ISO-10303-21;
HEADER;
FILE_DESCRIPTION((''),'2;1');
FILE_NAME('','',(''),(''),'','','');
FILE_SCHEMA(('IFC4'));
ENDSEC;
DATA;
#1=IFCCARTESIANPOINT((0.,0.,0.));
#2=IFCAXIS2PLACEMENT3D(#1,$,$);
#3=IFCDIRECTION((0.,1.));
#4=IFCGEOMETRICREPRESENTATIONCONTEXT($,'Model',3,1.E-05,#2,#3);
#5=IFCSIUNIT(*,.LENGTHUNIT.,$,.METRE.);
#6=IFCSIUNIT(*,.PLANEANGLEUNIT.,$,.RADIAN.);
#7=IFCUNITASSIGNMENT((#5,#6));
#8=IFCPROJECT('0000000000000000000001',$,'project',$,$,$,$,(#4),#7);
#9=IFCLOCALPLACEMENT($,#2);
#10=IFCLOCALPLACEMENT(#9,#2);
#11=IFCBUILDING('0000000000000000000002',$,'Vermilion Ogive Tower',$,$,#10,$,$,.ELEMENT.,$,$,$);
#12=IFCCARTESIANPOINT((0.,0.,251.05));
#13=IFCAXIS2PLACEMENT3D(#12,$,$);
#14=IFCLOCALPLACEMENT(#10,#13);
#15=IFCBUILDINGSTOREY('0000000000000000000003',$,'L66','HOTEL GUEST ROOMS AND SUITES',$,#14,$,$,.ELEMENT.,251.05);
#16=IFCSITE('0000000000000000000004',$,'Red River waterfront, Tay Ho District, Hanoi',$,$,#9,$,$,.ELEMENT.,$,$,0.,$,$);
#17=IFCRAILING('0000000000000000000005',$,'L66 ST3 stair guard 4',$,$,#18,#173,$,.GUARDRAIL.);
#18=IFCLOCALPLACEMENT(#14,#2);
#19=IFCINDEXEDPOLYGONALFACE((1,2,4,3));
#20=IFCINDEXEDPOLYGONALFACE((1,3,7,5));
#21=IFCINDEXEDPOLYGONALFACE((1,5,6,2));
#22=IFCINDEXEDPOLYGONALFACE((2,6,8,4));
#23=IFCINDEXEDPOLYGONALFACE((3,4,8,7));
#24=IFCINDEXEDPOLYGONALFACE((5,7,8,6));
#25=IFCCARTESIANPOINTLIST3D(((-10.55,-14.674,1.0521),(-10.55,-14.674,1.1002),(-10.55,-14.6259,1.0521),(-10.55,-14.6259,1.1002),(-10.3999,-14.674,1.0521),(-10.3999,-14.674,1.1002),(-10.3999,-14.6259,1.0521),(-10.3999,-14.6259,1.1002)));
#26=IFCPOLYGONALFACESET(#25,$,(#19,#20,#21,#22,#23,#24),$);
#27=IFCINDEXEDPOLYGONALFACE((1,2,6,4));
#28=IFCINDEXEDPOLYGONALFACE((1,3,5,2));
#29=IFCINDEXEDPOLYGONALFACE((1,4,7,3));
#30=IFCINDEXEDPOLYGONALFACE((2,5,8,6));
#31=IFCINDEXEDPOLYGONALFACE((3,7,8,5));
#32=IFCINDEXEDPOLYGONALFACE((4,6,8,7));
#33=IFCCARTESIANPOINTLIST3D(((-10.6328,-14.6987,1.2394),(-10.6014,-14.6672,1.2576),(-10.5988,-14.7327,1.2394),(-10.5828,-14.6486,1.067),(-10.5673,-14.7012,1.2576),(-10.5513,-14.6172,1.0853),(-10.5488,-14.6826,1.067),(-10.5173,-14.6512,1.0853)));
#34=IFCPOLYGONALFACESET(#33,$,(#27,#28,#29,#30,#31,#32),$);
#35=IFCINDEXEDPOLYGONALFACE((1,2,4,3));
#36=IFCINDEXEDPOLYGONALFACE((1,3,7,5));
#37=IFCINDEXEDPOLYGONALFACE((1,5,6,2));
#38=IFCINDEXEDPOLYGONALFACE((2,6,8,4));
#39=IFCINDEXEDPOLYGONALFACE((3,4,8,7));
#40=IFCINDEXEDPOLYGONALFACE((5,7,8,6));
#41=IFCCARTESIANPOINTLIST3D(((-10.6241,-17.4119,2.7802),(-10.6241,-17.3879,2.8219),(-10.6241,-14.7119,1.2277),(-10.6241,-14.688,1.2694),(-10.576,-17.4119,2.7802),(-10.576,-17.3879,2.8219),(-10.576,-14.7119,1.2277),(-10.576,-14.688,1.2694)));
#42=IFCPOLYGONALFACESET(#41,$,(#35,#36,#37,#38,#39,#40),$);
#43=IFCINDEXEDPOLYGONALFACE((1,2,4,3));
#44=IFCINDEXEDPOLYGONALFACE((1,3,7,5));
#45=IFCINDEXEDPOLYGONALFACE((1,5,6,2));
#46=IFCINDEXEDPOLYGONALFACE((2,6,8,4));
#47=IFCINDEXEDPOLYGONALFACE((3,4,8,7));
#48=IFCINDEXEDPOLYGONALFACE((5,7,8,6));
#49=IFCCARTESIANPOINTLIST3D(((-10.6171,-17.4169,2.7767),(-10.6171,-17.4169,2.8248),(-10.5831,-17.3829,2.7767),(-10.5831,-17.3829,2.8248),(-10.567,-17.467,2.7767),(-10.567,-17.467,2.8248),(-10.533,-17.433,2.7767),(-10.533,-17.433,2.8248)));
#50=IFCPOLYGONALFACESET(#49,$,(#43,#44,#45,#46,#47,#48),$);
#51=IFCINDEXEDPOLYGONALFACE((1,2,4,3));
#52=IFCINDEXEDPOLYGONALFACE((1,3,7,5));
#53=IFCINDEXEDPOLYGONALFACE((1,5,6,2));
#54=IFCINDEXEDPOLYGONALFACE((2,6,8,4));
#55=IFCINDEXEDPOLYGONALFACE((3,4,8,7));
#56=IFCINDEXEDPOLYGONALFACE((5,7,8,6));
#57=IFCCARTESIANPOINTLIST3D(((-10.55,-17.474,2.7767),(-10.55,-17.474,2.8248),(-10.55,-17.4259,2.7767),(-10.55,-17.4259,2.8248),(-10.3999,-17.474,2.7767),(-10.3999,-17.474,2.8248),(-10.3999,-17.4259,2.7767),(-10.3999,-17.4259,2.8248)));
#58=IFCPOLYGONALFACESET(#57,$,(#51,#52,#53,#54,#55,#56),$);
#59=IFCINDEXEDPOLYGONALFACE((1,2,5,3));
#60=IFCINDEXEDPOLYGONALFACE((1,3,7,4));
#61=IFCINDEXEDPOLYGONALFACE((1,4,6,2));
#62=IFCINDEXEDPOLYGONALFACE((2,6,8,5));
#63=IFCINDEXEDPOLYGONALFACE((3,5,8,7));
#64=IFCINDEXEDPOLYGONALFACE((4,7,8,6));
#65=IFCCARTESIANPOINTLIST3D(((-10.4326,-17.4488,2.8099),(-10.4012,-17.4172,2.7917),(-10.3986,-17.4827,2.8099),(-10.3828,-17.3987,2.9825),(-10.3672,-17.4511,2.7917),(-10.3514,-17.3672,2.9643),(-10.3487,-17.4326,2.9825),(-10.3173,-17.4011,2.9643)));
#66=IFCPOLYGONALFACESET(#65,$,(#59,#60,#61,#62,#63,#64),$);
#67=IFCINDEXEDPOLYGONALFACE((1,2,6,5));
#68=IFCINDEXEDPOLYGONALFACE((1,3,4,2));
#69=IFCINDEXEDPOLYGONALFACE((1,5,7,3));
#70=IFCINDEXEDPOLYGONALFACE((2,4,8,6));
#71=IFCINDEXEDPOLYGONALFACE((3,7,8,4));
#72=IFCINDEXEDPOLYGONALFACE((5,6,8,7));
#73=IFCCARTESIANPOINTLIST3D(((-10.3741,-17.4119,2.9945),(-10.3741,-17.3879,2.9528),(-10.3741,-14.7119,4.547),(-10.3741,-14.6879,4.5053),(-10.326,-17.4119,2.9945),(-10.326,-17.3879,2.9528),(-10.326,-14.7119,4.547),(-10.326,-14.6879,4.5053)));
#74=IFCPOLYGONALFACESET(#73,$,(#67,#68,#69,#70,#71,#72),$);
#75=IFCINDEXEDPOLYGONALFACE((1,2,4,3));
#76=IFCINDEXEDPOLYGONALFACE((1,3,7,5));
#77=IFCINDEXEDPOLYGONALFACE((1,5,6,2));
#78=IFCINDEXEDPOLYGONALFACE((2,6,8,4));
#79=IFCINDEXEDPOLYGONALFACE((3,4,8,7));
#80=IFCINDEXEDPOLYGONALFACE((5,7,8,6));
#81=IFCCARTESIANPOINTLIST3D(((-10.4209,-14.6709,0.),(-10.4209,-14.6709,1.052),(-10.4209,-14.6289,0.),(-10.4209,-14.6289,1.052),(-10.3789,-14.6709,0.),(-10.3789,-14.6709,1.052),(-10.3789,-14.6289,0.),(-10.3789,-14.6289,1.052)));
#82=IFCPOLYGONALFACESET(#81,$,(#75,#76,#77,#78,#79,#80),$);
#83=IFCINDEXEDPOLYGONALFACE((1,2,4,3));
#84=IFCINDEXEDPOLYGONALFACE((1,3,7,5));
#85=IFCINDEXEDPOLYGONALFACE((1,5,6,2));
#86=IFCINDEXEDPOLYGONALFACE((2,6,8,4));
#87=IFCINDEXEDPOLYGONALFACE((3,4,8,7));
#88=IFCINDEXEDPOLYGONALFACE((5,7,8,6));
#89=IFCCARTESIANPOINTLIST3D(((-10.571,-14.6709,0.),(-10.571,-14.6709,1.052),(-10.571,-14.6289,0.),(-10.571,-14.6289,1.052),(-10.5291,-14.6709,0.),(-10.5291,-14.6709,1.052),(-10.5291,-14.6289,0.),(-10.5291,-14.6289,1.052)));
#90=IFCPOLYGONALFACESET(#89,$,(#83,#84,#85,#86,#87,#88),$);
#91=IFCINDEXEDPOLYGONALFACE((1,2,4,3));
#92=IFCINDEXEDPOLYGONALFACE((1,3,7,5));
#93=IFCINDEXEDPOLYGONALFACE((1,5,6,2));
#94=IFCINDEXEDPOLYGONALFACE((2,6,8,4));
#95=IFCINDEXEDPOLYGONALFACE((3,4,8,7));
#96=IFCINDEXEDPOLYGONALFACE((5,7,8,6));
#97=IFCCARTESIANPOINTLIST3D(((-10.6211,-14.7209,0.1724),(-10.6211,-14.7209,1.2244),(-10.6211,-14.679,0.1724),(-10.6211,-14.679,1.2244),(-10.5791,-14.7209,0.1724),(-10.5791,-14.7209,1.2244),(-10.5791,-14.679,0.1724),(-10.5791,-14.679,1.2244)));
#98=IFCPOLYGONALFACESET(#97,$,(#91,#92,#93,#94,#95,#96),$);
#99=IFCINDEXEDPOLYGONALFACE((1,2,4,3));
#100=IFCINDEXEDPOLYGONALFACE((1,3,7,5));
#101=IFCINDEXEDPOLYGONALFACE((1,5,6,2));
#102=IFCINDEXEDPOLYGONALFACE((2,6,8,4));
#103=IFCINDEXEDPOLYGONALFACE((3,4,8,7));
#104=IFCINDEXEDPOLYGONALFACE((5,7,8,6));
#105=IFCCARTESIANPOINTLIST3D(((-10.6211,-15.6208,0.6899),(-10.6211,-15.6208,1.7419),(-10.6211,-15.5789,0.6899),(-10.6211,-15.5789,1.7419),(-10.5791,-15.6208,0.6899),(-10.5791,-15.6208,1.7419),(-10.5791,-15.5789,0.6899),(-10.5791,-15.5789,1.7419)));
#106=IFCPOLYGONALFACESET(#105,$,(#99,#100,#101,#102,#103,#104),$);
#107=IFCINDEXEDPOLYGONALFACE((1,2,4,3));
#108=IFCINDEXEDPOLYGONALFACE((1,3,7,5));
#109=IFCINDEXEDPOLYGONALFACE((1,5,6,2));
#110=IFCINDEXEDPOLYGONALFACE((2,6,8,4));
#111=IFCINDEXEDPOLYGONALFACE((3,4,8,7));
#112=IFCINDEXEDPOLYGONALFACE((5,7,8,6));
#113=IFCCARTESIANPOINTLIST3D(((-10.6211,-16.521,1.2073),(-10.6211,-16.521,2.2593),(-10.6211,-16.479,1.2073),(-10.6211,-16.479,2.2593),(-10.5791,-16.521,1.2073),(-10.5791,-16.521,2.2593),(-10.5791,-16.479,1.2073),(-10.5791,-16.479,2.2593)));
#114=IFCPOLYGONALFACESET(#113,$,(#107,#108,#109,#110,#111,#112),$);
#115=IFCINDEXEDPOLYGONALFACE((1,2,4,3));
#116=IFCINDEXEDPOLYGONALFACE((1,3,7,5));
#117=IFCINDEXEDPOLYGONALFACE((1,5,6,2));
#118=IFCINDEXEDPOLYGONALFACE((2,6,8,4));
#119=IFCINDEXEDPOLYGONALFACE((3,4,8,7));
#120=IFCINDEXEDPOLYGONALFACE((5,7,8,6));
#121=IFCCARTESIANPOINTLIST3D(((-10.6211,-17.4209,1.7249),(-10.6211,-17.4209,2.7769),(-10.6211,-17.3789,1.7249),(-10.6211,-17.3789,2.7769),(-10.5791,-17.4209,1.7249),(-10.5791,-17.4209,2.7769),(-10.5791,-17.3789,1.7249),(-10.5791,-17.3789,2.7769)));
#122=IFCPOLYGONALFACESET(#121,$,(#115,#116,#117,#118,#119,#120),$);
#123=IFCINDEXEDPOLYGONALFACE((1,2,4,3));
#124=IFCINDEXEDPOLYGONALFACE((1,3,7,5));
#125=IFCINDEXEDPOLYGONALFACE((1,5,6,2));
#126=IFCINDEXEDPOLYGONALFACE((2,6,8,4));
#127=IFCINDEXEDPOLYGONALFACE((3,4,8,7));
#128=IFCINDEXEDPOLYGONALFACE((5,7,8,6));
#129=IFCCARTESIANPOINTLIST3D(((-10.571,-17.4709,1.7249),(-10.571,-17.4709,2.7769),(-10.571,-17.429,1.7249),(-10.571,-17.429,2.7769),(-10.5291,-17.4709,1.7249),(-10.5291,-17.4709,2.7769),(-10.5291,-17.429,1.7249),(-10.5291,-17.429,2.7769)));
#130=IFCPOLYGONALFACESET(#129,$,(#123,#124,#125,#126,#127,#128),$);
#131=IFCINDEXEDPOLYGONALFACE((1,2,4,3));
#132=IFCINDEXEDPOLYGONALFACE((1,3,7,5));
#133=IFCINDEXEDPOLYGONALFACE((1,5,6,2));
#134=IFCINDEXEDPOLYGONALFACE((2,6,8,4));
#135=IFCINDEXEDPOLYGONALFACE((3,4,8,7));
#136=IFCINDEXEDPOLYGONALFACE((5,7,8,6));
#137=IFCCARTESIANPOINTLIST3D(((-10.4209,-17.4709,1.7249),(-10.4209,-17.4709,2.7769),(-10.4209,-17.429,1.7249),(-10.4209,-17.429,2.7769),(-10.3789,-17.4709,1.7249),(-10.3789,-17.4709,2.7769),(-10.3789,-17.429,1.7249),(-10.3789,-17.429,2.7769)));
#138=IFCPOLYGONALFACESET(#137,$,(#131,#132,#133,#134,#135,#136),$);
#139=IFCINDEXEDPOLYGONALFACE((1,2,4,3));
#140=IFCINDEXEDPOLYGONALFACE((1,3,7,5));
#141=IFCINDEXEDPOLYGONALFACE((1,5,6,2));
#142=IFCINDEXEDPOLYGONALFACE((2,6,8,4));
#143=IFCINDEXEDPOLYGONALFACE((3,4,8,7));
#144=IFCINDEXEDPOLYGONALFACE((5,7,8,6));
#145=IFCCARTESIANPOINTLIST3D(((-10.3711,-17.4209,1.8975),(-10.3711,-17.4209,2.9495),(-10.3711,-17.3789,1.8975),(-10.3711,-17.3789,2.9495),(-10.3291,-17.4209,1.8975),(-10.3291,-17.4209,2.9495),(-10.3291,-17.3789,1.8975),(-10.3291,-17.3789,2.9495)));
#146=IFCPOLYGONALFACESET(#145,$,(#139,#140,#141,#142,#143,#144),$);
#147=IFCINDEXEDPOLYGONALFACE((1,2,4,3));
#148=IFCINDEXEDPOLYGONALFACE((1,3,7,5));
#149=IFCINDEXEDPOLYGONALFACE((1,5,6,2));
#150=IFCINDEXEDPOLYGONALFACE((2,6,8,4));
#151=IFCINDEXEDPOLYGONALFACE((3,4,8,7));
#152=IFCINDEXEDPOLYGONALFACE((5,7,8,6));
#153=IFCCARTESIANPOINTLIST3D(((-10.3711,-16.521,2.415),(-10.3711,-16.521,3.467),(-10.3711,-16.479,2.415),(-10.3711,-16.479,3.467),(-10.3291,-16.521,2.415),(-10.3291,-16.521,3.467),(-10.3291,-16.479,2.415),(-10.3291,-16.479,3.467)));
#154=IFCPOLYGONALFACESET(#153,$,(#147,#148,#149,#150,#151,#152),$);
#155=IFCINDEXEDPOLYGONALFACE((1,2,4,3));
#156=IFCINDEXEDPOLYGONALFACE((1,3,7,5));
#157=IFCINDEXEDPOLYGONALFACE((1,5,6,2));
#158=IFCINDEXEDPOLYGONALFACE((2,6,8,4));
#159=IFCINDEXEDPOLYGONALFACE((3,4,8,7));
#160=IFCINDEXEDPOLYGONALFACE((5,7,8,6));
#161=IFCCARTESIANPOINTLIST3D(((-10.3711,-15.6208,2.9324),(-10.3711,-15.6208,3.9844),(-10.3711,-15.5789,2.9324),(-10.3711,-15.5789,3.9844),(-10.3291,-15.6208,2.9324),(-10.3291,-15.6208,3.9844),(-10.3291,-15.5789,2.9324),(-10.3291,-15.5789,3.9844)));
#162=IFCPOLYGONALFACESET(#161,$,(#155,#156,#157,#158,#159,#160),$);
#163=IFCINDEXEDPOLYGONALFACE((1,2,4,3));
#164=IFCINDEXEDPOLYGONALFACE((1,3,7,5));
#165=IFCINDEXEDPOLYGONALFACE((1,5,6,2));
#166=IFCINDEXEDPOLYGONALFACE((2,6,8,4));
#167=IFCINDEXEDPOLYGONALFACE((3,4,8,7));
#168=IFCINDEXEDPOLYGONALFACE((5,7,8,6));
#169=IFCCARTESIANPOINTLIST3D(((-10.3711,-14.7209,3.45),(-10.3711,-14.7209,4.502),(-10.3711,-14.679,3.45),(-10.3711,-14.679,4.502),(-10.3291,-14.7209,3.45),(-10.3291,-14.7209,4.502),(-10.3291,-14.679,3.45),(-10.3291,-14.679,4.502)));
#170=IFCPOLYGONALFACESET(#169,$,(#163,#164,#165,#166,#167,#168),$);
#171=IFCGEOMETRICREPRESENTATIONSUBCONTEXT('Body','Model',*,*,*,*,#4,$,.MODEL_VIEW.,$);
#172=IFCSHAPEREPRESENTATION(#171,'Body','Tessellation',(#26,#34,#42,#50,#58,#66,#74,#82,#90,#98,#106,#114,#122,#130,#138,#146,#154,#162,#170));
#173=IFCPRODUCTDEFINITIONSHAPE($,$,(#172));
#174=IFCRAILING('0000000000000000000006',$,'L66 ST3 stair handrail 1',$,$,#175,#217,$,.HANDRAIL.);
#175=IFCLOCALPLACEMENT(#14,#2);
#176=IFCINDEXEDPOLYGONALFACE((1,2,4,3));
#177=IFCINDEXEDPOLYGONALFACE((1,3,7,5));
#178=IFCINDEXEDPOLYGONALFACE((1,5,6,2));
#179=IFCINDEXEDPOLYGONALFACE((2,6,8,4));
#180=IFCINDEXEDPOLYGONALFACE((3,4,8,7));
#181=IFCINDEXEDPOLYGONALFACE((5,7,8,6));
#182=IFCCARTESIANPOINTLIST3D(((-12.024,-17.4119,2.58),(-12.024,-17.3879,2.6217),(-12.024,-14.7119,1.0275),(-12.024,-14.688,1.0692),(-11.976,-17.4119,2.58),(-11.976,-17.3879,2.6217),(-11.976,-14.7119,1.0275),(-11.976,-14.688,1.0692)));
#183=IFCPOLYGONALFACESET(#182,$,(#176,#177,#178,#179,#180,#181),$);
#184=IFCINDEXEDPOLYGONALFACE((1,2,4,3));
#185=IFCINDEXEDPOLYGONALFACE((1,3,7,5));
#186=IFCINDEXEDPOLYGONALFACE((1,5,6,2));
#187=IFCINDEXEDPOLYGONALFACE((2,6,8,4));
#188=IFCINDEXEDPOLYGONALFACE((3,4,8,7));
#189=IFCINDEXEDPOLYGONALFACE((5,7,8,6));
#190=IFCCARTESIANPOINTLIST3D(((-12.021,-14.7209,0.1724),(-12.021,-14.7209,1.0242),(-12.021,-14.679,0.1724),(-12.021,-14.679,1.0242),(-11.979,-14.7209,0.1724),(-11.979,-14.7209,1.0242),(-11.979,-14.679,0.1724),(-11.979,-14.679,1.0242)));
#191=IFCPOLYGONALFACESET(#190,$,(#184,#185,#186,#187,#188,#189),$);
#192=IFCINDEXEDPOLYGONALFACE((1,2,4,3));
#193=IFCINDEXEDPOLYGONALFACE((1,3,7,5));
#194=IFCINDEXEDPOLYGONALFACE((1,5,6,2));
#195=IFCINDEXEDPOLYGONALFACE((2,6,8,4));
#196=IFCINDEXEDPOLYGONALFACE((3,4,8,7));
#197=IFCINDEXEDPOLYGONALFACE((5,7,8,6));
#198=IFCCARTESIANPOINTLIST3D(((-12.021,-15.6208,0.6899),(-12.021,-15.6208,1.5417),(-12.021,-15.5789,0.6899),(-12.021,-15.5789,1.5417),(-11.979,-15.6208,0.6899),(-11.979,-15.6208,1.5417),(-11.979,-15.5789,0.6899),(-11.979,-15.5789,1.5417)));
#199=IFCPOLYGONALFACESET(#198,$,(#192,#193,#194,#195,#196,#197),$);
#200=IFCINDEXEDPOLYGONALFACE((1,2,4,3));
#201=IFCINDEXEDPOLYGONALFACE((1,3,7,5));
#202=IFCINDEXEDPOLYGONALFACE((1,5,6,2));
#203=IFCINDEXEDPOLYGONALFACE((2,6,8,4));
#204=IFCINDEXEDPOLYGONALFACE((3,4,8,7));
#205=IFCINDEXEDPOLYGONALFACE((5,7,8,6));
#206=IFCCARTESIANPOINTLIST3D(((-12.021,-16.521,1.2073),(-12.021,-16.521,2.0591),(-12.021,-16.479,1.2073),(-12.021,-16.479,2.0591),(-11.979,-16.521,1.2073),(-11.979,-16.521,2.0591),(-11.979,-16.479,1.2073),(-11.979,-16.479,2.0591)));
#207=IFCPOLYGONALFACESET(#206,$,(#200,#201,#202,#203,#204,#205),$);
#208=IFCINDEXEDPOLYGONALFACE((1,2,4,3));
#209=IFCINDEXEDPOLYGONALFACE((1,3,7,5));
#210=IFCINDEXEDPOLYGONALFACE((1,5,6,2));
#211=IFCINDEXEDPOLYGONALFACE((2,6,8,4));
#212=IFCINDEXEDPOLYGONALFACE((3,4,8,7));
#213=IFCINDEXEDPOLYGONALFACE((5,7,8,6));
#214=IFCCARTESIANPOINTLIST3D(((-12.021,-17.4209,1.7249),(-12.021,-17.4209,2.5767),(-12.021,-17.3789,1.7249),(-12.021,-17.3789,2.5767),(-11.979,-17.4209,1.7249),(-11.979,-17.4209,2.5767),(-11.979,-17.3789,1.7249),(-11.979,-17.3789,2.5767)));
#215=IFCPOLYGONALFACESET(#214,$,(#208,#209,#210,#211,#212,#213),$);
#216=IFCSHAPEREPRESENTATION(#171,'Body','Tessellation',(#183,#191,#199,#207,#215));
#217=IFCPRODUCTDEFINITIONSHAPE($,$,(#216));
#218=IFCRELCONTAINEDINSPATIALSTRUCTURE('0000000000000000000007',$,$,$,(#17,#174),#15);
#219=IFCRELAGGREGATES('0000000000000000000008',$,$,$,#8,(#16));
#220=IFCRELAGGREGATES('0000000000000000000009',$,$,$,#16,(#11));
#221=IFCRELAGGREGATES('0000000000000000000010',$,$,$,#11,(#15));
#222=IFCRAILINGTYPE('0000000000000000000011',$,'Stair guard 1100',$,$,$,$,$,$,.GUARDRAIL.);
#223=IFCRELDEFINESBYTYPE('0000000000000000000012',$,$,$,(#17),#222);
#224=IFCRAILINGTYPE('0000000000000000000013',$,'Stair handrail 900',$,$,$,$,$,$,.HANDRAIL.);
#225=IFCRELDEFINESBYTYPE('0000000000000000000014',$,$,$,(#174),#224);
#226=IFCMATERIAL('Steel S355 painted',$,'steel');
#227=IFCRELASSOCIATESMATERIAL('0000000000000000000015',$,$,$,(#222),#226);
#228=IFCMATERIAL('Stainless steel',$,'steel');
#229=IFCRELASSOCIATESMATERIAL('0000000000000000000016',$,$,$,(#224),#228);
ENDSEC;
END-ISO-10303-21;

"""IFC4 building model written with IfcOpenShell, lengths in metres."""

from ifc_helpers import new_model, si_unit, direction, frame, origin, origin_2d, place, context, subcontext, project, spatial, rectangle, extrude, material, type_object, element, save


model = new_model("IFC4")

# Units and contexts
model_context = context("Model", 3, precision=1e-05, world=origin(), true_north=direction((0.0, 1.0)))
body_context = subcontext(model_context, "Body", "Model", "MODEL_VIEW")
ifc_project = project(units=[si_unit("LENGTHUNIT", "METRE"), si_unit("PLANEANGLEUNIT", "RADIAN")], contexts=[model_context])

# Site, building, storey
site_placement = place(None, origin())
site = spatial("IfcSite", under=ifc_project, at=site_placement, Name="Red River waterfront, Tay Ho District, Hanoi", CompositionType="ELEMENT", RefElevation=0.0)
building_placement = place(site_placement, origin())
building = spatial("IfcBuilding", under=site, at=building_placement, Name="Vermilion Ogive Tower", CompositionType="ELEMENT")
storey_placement = place(building_placement, frame((0.0, 0.0, 251.05)))
storey = spatial("IfcBuildingStorey", under=building, at=storey_placement, Name="L66", Description="HOTEL GUEST ROOMS AND SUITES", CompositionType="ELEMENT", Elevation=251.05)

# Railings
ifc_material_1 = material(Name="Steel S355 painted", Category="steel")
railing_type_1 = type_object("IfcRailingType", Name="Stair guard 1100", PredefinedType="GUARDRAIL", material=ifc_material_1)
railing_1_placement = place(storey_placement, frame((-10.3999, -14.6499, 0.0)))
element("IfcRailing", 1, at=railing_1_placement, inside=storey, type_object=railing_type_1, Name="L66 ST3 stair guard 4", PredefinedType="GUARDRAIL", context=body_context, shape_type="SweptSolid", body=[
    extrude(rectangle(XDim=0.0481, YDim=0.0481, at=origin_2d()), frame((0.0, 0.0, 1.0762), z_axis=(-1.0, 0.0, 0.0), x_axis=(0.0, -1.0, 0.0)), (0.0, 0.0, 1.0), 0.1501),
    extrude(rectangle(XDim=0.0481, YDim=0.0481, at=origin_2d()), frame((-0.1501, 0.0, 1.0762), z_axis=(-0.268603, -0.268603, 0.925043), x_axis=(0.707107, -0.707107, 0.0)), (0.0, 0.0, 1.0), 0.1863),
    extrude(rectangle(XDim=0.0481, YDim=0.0481, at=origin_2d()), frame((-0.2002, -0.05, 1.2485), z_axis=(0.0, -0.866904, 0.498476), x_axis=(1.0, 0.0, 0.0)), (0.0, 0.0, 1.0), 3.1145),
    extrude(rectangle(XDim=0.0481, YDim=0.0481, at=origin_2d()), frame((-0.2002, -2.75, 2.8008), z_axis=(0.707107, -0.707107, 0.0), x_axis=(0.707107, 0.707107, 0.0)), (0.0, 0.0, 1.0), 0.0708),
    extrude(rectangle(XDim=0.0481, YDim=0.0481, at=origin_2d()), frame((-0.1501, -2.8, 2.8008), z_axis=(1.0, 0.0, 0.0), x_axis=(0.0, 1.0, 0.0)), (0.0, 0.0, 1.0), 0.1501),
    extrude(rectangle(XDim=0.0481, YDim=0.0481, at=origin_2d()), frame((0.0, -2.8, 2.8008), z_axis=(0.267063, 0.268372, 0.925556), x_axis=(-0.708834, 0.705376, 0.0)), (0.0, 0.0, 1.0), 0.1865),
    extrude(rectangle(XDim=0.0481, YDim=0.0481, at=origin_2d()), frame((0.0498, -2.75, 2.9736), z_axis=(0.0, 0.866904, 0.498476), x_axis=(-1.0, 0.0, 0.0)), (0.0, 0.0, 1.0), 3.1145),
    extrude(rectangle(XDim=0.042, YDim=0.042, at=origin_2d()), origin(), (0.0, 0.0, 1.0), 1.052),
    extrude(rectangle(XDim=0.042, YDim=0.042, at=origin_2d()), frame((-0.1501, 0.0, 0.0)), (0.0, 0.0, 1.0), 1.052),
    extrude(rectangle(XDim=0.042, YDim=0.042, at=origin_2d()), frame((-0.2002, -0.05, 0.1724)), (0.0, 0.0, 1.0), 1.052),
    extrude(rectangle(XDim=0.042, YDim=0.042, at=origin_2d()), frame((-0.2002, -0.95, 0.6899)), (0.0, 0.0, 1.0), 1.052),
    extrude(rectangle(XDim=0.042, YDim=0.042, at=origin_2d()), frame((-0.2002, -1.8501, 1.2073)), (0.0, 0.0, 1.0), 1.052),
    extrude(rectangle(XDim=0.042, YDim=0.042, at=origin_2d()), frame((-0.2002, -2.75, 1.7249)), (0.0, 0.0, 1.0), 1.052),
    extrude(rectangle(XDim=0.042, YDim=0.042, at=origin_2d()), frame((-0.1501, -2.8, 1.7249)), (0.0, 0.0, 1.0), 1.052),
    extrude(rectangle(XDim=0.042, YDim=0.042, at=origin_2d()), frame((0.0, -2.8, 1.7249)), (0.0, 0.0, 1.0), 1.052),
    extrude(rectangle(XDim=0.042, YDim=0.042, at=origin_2d()), frame((0.0498, -2.75, 1.8975)), (0.0, 0.0, 1.0), 1.052),
    extrude(rectangle(XDim=0.042, YDim=0.042, at=origin_2d()), frame((0.0498, -1.8501, 2.415)), (0.0, 0.0, 1.0), 1.052),
    extrude(rectangle(XDim=0.042, YDim=0.042, at=origin_2d()), frame((0.0498, -0.95, 2.9324)), (0.0, 0.0, 1.0), 1.052),
    extrude(rectangle(XDim=0.042, YDim=0.042, at=origin_2d()), frame((0.0498, -0.05, 3.45)), (0.0, 0.0, 1.0), 1.052),
])
ifc_material_2 = material(Name="Stainless steel", Category="steel")
railing_type_2 = type_object("IfcRailingType", Name="Stair handrail 900", PredefinedType="HANDRAIL", material=ifc_material_2)
railing_2_placement = place(storey_placement, frame((-12.0, -14.7, 0.1724)))
element("IfcRailing", 2, at=railing_2_placement, inside=storey, type_object=railing_type_2, Name="L66 ST3 stair handrail 1", PredefinedType="HANDRAIL", context=body_context, shape_type="SweptSolid", body=[
    extrude(rectangle(XDim=0.0481, YDim=0.0481, at=origin_2d()), frame((0.0, 0.0, 0.876), z_axis=(0.0, -0.866904, 0.498476), x_axis=(1.0, 0.0, 0.0)), (0.0, 0.0, 1.0), 3.1145),
    extrude(rectangle(XDim=0.042, YDim=0.042, at=origin_2d()), origin(), (0.0, 0.0, 1.0), 0.8518),
    extrude(rectangle(XDim=0.042, YDim=0.042, at=origin_2d()), frame((0.0, -0.8999, 0.5176)), (0.0, 0.0, 1.0), 0.8518),
    extrude(rectangle(XDim=0.042, YDim=0.042, at=origin_2d()), frame((0.0, -1.8, 1.0349)), (0.0, 0.0, 1.0), 0.8518),
    extrude(rectangle(XDim=0.042, YDim=0.042, at=origin_2d()), frame((0.0, -2.7, 1.5525)), (0.0, 0.0, 1.0), 0.8518),
])

save(model, "model.ifc")
